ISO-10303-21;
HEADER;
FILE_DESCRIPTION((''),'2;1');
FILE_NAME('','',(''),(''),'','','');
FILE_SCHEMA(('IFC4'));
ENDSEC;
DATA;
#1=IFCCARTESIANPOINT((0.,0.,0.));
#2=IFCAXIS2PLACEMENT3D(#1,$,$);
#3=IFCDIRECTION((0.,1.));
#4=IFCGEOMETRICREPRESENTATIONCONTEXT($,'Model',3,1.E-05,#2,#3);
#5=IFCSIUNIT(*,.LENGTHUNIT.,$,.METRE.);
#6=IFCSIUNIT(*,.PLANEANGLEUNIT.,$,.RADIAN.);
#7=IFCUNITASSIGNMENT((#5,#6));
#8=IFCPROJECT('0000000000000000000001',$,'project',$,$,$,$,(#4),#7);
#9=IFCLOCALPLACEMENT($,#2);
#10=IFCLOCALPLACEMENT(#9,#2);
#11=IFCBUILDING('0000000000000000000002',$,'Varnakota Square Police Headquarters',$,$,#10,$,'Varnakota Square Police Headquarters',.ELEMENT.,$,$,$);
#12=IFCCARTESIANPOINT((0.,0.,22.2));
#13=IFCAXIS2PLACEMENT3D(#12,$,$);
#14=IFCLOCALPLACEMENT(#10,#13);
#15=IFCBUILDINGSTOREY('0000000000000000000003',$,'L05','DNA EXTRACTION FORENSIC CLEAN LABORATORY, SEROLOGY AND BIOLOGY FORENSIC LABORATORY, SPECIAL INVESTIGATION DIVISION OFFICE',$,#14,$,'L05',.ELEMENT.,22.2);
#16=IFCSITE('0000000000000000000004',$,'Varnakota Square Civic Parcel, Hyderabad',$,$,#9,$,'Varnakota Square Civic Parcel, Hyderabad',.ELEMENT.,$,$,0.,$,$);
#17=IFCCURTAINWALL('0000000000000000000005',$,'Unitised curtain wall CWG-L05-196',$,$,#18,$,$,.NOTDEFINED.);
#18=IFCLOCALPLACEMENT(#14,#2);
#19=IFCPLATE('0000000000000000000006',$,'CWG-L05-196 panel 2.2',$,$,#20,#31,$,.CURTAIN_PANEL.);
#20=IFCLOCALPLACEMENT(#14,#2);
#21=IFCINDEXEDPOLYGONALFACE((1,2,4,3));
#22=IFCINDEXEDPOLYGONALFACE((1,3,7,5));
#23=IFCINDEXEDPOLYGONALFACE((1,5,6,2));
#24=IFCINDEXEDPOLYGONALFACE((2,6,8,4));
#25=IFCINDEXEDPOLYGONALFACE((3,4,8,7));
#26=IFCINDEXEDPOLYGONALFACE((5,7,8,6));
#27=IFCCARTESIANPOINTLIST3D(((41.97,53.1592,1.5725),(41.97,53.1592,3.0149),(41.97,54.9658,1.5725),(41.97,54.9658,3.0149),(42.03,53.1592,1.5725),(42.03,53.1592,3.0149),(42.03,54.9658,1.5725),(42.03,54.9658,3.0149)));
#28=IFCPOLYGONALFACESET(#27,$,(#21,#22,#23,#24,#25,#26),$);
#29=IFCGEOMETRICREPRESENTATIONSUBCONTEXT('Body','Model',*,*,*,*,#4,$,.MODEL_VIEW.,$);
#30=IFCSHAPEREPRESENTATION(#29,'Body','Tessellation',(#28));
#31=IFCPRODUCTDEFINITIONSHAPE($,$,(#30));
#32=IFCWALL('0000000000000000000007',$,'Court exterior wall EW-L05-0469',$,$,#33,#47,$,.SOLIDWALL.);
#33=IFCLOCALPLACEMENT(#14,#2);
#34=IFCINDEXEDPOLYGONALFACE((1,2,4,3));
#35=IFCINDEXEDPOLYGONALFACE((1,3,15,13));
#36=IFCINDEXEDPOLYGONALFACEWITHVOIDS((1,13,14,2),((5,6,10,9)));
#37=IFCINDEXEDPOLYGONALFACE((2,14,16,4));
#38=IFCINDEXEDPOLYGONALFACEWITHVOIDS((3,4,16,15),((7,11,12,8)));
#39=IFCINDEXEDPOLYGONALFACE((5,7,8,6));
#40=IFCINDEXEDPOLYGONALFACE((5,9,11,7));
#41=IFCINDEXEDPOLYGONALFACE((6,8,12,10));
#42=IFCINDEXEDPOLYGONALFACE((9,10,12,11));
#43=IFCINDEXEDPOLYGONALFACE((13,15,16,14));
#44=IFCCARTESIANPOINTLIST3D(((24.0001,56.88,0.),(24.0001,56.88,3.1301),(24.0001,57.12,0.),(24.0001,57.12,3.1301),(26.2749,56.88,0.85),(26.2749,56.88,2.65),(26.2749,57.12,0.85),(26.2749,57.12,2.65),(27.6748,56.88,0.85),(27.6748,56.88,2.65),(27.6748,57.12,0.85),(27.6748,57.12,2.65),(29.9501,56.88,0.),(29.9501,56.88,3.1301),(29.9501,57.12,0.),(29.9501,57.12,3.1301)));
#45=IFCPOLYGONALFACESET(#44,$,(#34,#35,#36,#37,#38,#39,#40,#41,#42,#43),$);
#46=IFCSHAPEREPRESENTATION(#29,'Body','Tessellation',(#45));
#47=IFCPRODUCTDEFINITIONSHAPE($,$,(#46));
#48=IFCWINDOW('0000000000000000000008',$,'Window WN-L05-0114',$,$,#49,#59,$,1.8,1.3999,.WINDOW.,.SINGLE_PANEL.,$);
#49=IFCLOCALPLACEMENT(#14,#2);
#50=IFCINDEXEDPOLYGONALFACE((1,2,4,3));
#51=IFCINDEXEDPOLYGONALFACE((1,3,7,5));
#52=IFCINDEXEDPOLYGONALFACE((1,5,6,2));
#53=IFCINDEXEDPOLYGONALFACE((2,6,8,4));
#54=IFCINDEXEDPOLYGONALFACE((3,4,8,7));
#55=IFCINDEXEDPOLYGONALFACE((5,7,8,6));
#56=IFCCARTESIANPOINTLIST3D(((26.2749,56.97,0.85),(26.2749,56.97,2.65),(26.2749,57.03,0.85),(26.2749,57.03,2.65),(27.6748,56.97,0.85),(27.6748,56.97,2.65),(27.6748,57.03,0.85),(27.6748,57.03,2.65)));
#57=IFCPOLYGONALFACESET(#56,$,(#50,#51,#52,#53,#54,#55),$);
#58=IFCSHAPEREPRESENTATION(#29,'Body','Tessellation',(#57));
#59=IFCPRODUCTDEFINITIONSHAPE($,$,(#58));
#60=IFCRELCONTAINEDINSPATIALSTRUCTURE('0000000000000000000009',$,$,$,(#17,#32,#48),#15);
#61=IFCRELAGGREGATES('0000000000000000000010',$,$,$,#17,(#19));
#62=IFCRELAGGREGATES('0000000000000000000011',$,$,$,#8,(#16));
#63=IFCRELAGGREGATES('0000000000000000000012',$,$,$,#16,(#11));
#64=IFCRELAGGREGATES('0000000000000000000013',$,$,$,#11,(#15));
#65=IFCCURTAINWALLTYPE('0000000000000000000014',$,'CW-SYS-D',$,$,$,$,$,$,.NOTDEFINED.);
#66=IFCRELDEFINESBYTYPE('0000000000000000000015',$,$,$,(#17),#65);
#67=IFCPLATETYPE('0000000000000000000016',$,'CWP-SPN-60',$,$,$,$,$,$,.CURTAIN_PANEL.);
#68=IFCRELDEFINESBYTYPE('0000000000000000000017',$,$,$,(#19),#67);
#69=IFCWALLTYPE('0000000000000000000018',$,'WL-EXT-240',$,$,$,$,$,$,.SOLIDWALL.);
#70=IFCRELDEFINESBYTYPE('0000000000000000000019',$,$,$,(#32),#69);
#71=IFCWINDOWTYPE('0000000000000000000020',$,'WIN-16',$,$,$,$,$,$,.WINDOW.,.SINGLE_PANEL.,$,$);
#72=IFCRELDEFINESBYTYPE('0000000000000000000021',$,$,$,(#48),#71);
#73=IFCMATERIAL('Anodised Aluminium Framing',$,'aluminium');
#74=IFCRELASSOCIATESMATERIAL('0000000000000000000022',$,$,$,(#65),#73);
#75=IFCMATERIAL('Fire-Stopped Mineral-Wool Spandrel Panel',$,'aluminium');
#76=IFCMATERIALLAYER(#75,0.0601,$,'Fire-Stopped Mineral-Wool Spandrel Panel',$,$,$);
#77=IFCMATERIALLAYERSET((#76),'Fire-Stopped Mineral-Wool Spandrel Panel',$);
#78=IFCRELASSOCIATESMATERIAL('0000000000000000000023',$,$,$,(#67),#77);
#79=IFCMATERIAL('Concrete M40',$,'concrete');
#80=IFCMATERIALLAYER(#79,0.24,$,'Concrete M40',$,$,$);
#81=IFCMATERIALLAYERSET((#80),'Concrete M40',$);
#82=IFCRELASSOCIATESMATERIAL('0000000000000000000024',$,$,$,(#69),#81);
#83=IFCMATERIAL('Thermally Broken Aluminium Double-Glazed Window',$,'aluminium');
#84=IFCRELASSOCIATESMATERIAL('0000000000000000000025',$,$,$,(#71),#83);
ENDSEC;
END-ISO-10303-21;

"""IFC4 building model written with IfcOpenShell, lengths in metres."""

from ifc_helpers import new_model, si_unit, direction, frame, frame_2d, origin, origin_2d, place, context, subcontext, project, spatial, rectangle, extrude, material, layer, layer_set, type_object, element, fill, aggregate, save


model = new_model("IFC4")

# Units and contexts
model_context = context("Model", 3, precision=1e-05, world=origin(), true_north=direction((0.0, 1.0)))
body_context = subcontext(model_context, "Body", "Model", "MODEL_VIEW")
ifc_project = project(units=[si_unit("LENGTHUNIT", "METRE"), si_unit("PLANEANGLEUNIT", "RADIAN")], contexts=[model_context])

# Site, building, storey
site_placement = place(None, origin())
site = spatial("IfcSite", under=ifc_project, at=site_placement, Name="Varnakota Square Civic Parcel, Hyderabad", LongName="Varnakota Square Civic Parcel, Hyderabad", CompositionType="ELEMENT", RefElevation=0.0)
building_placement = place(site_placement, origin())
building = spatial("IfcBuilding", under=site, at=building_placement, Name="Varnakota Square Police Headquarters", LongName="Varnakota Square Police Headquarters", CompositionType="ELEMENT")
storey_placement = place(building_placement, frame((0.0, 0.0, 22.2)))
storey = spatial("IfcBuildingStorey", under=building, at=storey_placement, Name="L05", Description="DNA EXTRACTION FORENSIC CLEAN LABORATORY, SEROLOGY AND BIOLOGY FORENSIC LABORATORY, SPECIAL INVESTIGATION DIVISION OFFICE", LongName="L05", CompositionType="ELEMENT", Elevation=22.2)

# Curtain wall
ifc_material_1 = material(Name="Anodised Aluminium Framing", Category="aluminium")
curtain_wall_type_1 = type_object("IfcCurtainWallType", Name="CW-SYS-D", PredefinedType="NOTDEFINED", material=ifc_material_1)
curtain_wall_1_placement = place(storey_placement, origin())
curtain_wall_1 = element("IfcCurtainWall", 1, at=curtain_wall_1_placement, inside=storey, type_object=curtain_wall_type_1, Name="Unitised curtain wall CWG-L05-196", PredefinedType="NOTDEFINED")

# Plate
ifc_material_2 = material(Name="Fire-Stopped Mineral-Wool Spandrel Panel", Category="aluminium")
ifc_layer_1 = layer(ifc_material_2, 0.0601, Name="Fire-Stopped Mineral-Wool Spandrel Panel")
ifc_layer_set_1 = layer_set([ifc_layer_1], Name="Fire-Stopped Mineral-Wool Spandrel Panel")
plate_type_1 = type_object("IfcPlateType", Name="CWP-SPN-60", PredefinedType="CURTAIN_PANEL", material=ifc_layer_set_1)
plate_1_placement = place(storey_placement, frame((42.0, 54.0625, 1.5725), z_axis=(0.0, 0.0, 1.0), x_axis=(0.0, 1.0, 0.0)))
plate_1 = element("IfcPlate", 2, at=plate_1_placement, type_object=plate_type_1, Name="CWG-L05-196 panel 2.2", PredefinedType="CURTAIN_PANEL", context=body_context, shape_type="SweptSolid", body=[
    extrude(rectangle(XDim=1.8066, YDim=0.0601, at=origin_2d()), origin(), (0.0, 0.0, 1.0), 1.4424),
])
aggregate(curtain_wall_1, [plate_1])

# Wall, opening, window
ifc_material_3 = material(Name="Concrete M40", Category="concrete")
ifc_layer_2 = layer(ifc_material_3, 0.24, Name="Concrete M40")
ifc_layer_set_2 = layer_set([ifc_layer_2], Name="Concrete M40")
wall_type = type_object("IfcWallType", Name="WL-EXT-240", PredefinedType="SOLIDWALL", material=ifc_layer_set_2)
wall_placement = place(storey_placement, frame((24.0, 57.0, 0.0), z_axis=(0.0, 0.0, 1.0), x_axis=(1.0, 0.0, 0.0)))
wall = element("IfcWall", 3, at=wall_placement, inside=storey, type_object=wall_type, Name="Court exterior wall EW-L05-0469", PredefinedType="SOLIDWALL", context=body_context, shape_type="SweptSolid", body=[
    extrude(rectangle(XDim=5.95, YDim=0.24, at=frame_2d((2.9751, 0.0))), origin(), (0.0, 0.0, 1.0), 3.1301),
])
opening_placement = place(wall_placement, frame((2.2749, 0.0, 0.8501)))
opening = element("IfcOpeningElement", 4, at=opening_placement, cuts=wall, PredefinedType="OPENING", context=body_context, shape_type="SweptSolid", body=[
    extrude(rectangle(XDim=1.3999, YDim=1.8, at=frame_2d((0.7, 0.8999))), frame((0.0, 0.1299, 0.0), z_axis=(0.0, -1.0, 0.0), x_axis=(1.0, 0.0, 0.0)), (0.0, 0.0, 1.0), 0.26),
])
ifc_material_4 = material(Name="Thermally Broken Aluminium Double-Glazed Window", Category="aluminium")
window_type = type_object("IfcWindowType", Name="WIN-16", PartitioningType="SINGLE_PANEL", PredefinedType="WINDOW", material=ifc_material_4)
window_placement = place(opening_placement, origin())
window = element("IfcWindow", 5, at=window_placement, inside=storey, type_object=window_type, Name="Window WN-L05-0114", OverallHeight=1.8, OverallWidth=1.3999, PartitioningType="SINGLE_PANEL", PredefinedType="WINDOW", context=body_context, shape_type="SweptSolid", body=[
    extrude(rectangle(XDim=1.3999, YDim=1.8, at=frame_2d((0.7, 0.8999))), frame((0.0, 0.03, 0.0), z_axis=(0.0, -1.0, 0.0), x_axis=(1.0, 0.0, 0.0)), (0.0, 0.0, 1.0), 0.0601),
])
fill(opening, window)

save(model, "model.ifc")
